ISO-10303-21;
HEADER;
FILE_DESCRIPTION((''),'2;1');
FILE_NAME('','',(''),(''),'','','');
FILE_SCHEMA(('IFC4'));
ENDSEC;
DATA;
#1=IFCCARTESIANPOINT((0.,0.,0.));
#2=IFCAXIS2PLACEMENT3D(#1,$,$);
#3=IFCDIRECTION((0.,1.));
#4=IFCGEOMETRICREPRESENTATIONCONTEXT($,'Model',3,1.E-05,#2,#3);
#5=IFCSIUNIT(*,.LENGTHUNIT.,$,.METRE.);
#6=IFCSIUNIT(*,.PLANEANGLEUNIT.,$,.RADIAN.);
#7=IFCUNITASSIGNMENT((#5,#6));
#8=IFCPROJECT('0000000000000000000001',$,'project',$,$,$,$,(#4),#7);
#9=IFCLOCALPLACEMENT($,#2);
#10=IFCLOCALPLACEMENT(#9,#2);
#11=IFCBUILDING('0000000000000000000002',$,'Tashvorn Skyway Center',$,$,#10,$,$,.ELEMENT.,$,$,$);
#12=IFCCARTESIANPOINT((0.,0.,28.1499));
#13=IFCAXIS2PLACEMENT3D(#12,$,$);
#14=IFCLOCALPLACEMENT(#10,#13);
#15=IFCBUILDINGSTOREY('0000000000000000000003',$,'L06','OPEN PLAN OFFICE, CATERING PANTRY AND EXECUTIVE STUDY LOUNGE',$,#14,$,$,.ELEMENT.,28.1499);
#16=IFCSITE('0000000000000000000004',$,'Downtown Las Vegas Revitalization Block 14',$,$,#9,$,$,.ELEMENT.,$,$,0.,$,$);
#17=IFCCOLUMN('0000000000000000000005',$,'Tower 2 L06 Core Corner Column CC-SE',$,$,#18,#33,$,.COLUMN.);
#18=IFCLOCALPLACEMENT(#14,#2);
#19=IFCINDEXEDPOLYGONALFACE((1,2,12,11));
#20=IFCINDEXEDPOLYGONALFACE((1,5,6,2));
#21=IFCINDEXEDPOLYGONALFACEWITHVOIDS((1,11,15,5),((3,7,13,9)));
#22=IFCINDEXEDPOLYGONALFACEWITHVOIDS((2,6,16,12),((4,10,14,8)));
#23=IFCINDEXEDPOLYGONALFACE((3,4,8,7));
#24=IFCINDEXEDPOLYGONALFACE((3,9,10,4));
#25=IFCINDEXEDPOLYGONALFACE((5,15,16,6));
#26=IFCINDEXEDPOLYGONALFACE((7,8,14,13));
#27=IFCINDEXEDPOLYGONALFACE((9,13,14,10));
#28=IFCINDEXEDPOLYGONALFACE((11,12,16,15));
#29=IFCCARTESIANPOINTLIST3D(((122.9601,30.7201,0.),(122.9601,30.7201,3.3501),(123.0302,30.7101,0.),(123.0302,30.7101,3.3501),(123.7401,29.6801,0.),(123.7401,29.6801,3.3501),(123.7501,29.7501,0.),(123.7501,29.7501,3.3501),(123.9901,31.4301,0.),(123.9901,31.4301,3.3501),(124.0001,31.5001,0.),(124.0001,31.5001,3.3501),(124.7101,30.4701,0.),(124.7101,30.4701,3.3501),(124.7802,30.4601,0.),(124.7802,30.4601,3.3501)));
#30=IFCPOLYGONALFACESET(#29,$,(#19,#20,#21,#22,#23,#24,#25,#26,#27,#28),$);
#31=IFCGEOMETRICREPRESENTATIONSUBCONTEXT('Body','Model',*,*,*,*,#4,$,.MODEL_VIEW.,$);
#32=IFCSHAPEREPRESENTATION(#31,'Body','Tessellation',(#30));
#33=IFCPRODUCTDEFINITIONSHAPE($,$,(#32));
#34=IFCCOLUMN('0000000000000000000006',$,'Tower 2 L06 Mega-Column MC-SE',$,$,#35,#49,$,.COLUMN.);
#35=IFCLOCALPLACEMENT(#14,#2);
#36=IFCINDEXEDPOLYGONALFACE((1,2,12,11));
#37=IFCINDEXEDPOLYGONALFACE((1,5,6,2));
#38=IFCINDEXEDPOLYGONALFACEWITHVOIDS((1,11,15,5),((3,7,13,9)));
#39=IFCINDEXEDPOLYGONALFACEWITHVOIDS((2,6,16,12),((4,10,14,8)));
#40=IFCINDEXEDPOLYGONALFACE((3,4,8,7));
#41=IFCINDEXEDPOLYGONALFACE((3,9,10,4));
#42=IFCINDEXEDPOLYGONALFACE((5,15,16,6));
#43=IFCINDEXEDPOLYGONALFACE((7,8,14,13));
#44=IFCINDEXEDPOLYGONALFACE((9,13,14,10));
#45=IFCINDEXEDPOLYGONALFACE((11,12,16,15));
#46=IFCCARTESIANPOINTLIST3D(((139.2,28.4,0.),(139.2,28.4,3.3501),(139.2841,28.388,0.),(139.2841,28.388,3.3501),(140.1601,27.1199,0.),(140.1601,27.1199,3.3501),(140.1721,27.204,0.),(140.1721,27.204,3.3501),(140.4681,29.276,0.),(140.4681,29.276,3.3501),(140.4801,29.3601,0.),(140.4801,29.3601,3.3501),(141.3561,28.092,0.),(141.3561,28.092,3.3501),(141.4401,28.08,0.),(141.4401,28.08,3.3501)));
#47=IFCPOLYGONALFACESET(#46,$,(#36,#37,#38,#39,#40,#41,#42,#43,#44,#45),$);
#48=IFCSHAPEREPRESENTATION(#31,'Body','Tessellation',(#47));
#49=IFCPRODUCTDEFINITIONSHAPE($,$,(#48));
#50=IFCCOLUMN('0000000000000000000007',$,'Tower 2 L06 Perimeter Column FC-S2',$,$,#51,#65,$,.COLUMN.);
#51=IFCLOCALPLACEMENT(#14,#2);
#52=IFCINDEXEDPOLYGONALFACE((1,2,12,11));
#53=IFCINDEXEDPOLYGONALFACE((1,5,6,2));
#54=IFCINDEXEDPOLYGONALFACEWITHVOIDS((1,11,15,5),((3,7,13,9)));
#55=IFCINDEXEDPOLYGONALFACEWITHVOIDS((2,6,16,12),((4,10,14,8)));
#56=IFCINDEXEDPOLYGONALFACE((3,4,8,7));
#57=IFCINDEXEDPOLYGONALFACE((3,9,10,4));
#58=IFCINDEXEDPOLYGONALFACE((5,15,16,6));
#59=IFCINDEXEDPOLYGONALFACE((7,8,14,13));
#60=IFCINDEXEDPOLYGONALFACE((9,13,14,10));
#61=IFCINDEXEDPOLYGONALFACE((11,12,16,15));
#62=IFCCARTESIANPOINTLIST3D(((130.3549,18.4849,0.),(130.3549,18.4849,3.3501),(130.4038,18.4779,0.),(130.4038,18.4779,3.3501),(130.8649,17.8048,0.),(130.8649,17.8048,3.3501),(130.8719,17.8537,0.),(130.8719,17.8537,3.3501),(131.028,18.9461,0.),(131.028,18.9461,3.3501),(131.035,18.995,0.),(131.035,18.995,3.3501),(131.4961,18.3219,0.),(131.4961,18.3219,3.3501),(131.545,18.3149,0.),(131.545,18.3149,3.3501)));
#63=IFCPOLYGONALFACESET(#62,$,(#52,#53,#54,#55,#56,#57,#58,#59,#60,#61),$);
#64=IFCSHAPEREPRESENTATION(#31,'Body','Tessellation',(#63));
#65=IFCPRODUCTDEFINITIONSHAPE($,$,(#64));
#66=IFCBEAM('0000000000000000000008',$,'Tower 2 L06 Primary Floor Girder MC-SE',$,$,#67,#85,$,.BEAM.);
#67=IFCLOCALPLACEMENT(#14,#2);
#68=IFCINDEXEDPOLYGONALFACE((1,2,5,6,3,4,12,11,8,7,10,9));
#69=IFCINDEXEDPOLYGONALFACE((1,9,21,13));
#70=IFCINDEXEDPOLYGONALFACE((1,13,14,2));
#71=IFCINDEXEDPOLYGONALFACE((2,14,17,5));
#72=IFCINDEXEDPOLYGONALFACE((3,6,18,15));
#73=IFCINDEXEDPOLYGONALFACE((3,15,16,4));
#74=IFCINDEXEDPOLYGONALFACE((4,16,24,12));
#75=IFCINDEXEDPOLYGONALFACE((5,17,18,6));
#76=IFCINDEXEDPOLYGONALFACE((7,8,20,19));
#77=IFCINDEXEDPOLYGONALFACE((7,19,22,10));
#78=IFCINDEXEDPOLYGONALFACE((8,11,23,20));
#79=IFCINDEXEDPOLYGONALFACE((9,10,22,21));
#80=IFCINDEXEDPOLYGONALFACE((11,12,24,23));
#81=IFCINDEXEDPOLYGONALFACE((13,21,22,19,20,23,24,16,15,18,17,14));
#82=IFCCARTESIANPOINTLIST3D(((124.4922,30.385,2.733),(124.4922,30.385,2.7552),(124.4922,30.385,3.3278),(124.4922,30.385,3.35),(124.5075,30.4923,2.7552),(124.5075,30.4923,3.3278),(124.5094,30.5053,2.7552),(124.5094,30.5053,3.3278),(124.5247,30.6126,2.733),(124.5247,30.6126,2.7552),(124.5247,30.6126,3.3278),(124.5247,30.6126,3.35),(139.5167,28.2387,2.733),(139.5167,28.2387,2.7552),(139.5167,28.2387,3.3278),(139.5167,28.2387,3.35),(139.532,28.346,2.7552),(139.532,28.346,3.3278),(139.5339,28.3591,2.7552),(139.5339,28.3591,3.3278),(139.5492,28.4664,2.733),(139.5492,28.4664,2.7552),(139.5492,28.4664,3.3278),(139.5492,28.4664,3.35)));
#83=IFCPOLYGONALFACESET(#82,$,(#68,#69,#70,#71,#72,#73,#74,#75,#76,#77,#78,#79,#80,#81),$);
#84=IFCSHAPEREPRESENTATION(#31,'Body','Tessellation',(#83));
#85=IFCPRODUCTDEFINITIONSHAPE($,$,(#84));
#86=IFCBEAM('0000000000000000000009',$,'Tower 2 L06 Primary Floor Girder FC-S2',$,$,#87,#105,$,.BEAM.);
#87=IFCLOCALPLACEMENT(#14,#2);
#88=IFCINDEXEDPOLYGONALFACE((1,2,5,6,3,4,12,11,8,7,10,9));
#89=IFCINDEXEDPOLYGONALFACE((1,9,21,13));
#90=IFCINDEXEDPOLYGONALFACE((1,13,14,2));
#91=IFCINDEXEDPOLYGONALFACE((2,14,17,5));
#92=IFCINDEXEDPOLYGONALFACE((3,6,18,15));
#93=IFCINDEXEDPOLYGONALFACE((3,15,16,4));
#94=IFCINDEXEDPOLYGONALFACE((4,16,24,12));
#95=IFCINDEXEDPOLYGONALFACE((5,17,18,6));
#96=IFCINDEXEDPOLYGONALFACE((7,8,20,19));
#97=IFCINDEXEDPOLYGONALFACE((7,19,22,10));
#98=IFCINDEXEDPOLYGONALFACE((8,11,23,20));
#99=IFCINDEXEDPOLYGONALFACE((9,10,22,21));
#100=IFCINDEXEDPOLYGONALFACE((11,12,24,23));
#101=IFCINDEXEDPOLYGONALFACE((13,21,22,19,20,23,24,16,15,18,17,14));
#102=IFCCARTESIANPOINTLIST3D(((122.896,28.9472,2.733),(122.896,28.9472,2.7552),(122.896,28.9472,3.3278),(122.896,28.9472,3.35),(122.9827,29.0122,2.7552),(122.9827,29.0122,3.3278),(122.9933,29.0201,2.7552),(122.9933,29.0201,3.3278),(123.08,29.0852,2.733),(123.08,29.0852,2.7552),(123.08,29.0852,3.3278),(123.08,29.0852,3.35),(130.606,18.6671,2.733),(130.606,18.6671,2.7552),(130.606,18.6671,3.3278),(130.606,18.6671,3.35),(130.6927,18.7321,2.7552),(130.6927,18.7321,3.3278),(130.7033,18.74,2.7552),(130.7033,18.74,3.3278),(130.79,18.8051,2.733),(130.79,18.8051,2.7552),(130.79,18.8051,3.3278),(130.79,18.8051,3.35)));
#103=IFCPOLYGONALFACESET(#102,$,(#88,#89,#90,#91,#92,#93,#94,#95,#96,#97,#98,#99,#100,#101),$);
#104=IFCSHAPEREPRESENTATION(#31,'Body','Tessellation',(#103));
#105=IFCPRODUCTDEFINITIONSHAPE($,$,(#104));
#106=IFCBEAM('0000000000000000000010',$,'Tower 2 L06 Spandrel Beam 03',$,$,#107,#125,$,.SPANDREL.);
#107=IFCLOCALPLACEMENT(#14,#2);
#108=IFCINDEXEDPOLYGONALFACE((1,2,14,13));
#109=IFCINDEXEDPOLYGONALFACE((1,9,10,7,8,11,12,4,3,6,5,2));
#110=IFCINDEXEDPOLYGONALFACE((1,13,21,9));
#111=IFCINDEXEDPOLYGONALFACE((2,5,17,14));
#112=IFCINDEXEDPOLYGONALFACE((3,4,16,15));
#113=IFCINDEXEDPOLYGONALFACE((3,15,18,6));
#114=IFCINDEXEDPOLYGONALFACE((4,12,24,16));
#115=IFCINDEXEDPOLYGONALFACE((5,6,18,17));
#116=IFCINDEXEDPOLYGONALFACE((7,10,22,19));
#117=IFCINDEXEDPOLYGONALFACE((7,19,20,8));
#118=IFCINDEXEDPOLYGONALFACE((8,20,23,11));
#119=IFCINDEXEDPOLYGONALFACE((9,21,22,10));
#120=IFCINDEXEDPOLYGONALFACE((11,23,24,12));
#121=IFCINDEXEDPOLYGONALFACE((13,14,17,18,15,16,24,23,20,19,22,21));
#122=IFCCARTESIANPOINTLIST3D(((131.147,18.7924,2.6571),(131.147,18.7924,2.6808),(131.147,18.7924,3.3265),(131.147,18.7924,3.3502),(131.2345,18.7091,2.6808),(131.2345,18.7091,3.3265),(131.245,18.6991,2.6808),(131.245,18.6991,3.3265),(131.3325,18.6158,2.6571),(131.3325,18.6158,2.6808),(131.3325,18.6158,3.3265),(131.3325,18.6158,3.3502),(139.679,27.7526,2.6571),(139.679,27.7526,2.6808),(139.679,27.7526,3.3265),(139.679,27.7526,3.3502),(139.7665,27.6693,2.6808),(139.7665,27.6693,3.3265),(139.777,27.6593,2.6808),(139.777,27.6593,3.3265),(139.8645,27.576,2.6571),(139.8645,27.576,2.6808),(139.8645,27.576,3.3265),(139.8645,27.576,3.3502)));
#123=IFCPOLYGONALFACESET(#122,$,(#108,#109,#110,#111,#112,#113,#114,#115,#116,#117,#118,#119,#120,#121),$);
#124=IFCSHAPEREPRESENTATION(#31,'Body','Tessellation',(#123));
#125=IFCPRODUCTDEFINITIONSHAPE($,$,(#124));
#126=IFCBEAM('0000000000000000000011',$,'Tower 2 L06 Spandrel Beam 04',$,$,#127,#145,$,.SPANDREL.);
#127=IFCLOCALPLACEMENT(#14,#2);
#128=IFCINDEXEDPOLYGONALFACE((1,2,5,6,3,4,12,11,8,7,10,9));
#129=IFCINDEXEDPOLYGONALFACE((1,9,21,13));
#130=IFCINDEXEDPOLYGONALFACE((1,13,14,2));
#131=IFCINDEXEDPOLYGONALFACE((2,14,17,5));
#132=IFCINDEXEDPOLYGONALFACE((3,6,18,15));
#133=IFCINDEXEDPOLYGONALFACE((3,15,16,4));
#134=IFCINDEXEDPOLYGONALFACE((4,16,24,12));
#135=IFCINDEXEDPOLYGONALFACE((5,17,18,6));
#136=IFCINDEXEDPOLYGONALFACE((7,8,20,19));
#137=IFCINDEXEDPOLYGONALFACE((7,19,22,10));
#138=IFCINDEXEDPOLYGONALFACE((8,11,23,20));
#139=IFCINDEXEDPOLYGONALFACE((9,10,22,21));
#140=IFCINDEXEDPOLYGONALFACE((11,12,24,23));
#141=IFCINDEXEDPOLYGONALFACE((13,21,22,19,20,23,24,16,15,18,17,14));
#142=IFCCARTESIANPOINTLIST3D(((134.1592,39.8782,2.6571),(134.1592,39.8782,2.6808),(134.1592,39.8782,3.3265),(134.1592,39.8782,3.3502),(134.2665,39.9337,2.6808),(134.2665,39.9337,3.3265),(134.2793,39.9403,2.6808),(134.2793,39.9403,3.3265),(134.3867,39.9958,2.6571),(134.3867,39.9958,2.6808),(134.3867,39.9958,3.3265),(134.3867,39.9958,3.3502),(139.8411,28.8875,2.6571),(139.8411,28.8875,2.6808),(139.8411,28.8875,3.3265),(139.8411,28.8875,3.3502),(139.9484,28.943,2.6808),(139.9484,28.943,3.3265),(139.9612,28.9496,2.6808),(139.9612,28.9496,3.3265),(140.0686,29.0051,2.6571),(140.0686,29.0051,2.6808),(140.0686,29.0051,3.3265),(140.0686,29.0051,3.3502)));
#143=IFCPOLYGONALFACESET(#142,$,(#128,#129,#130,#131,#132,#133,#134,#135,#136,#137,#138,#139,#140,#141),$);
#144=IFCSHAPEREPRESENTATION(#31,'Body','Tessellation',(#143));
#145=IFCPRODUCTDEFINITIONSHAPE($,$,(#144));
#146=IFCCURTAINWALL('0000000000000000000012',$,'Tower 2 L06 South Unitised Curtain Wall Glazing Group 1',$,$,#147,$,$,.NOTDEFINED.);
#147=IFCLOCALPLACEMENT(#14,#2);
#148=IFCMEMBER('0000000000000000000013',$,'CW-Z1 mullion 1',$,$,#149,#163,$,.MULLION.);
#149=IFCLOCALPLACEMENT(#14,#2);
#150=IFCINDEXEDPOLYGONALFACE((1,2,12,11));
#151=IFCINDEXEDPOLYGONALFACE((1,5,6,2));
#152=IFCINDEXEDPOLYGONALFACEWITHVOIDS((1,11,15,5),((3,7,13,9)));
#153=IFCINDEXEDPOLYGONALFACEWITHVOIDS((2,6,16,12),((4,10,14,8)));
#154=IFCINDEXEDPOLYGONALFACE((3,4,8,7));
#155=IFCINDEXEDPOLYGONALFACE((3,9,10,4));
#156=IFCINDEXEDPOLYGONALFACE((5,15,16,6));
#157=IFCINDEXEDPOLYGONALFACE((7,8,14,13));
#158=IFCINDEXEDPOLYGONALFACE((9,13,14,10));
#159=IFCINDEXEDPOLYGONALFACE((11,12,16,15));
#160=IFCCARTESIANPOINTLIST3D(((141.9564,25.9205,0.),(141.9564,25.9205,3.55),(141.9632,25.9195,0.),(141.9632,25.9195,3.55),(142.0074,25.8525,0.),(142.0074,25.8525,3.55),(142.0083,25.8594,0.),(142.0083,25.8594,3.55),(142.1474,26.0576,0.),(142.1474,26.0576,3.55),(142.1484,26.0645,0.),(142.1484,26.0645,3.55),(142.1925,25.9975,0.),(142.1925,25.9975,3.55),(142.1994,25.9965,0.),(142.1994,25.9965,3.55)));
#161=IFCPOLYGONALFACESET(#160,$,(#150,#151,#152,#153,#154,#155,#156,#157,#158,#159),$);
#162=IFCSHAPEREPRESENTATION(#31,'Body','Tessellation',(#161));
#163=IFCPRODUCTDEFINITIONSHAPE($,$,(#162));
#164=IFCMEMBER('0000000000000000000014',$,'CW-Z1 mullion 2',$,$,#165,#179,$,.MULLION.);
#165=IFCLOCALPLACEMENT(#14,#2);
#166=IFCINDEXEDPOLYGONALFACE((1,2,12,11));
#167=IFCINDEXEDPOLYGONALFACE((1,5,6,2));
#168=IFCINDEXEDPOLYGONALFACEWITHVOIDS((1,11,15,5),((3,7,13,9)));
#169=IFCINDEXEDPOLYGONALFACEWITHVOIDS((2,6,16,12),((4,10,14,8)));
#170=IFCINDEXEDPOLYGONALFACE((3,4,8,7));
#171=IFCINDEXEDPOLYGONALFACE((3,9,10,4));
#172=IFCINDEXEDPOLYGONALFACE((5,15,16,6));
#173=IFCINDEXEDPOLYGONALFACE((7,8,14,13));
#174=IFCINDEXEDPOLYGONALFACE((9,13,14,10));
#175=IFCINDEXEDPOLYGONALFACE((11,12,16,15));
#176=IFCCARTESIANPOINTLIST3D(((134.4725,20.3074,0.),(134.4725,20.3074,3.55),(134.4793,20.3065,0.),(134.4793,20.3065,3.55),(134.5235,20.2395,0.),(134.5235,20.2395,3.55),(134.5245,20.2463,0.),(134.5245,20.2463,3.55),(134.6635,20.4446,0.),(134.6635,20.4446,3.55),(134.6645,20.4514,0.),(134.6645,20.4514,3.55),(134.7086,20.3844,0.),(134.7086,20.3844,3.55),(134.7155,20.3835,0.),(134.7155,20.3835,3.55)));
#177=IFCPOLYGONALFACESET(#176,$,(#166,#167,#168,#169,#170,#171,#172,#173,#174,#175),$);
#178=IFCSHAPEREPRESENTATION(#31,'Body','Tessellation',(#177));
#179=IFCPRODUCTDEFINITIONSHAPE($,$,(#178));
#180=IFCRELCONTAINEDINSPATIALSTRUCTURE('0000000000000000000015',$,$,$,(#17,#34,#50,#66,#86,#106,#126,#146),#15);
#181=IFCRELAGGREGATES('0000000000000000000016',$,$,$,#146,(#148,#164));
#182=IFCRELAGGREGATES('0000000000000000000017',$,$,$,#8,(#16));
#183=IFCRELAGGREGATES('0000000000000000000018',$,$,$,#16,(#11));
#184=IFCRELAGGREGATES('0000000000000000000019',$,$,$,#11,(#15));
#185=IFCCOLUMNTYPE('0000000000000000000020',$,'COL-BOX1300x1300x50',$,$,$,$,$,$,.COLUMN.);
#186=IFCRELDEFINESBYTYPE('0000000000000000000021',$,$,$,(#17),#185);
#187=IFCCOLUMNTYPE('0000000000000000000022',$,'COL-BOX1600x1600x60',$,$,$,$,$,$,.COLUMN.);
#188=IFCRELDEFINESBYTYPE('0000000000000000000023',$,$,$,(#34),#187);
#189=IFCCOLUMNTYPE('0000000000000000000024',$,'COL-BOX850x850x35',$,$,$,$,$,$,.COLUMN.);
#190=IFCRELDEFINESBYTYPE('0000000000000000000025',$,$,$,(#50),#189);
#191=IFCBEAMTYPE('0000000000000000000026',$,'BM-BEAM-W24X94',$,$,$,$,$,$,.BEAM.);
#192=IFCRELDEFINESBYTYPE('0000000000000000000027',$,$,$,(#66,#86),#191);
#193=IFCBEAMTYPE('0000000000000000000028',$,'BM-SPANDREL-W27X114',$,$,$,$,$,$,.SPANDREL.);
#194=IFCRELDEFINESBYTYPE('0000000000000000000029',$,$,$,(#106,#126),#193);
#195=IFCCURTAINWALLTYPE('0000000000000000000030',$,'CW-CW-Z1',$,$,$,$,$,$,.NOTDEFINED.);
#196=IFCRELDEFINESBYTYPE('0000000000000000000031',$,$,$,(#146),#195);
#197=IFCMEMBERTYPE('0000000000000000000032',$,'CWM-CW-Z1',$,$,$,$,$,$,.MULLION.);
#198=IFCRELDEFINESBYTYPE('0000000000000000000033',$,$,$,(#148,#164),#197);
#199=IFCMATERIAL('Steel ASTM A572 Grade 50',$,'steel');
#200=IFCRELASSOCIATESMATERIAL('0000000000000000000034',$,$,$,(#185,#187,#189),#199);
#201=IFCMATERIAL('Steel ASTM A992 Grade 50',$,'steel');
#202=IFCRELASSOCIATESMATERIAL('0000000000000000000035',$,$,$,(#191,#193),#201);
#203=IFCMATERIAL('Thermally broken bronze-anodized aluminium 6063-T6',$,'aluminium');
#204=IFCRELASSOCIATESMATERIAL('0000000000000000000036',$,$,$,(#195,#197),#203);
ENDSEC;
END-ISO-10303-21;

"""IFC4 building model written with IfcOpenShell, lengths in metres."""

from ifc_helpers import new_model, si_unit, direction, frame, origin, origin_2d, place, context, subcontext, project, spatial, hollow_rectangle, i_section, extrude, material, material_profile, profile_set, type_object, element, aggregate, save


model = new_model("IFC4")

# Units and contexts
model_context = context("Model", 3, precision=1e-05, world=origin(), true_north=direction((0.0, 1.0)))
body_context = subcontext(model_context, "Body", "Model", "MODEL_VIEW")
ifc_project = project(units=[si_unit("LENGTHUNIT", "METRE"), si_unit("PLANEANGLEUNIT", "RADIAN")], contexts=[model_context])

# Site, building, storey
site_placement = place(None, origin())
site = spatial("IfcSite", under=ifc_project, at=site_placement, Name="Downtown Las Vegas Revitalization Block 14", CompositionType="ELEMENT", RefElevation=0.0)
building_placement = place(site_placement, origin())
building = spatial("IfcBuilding", under=site, at=building_placement, Name="Tashvorn Skyway Center", CompositionType="ELEMENT")
storey_placement = place(building_placement, frame((0.0, 0.0, 28.1499)))
storey = spatial("IfcBuildingStorey", under=building, at=storey_placement, Name="L06", Description="OPEN PLAN OFFICE, CATERING PANTRY AND EXECUTIVE STUDY LOUNGE", CompositionType="ELEMENT", Elevation=28.1499)

# Columns
ifc_material_1 = material(Name="Steel ASTM A572 Grade 50", Category="steel")
ifc_material_profile_1 = material_profile(ifc_material_1, hollow_rectangle(XDim=1.3, YDim=1.3, WallThickness=0.05, at=origin_2d()), Name="BOX1300x1300x50")
ifc_profile_set_1 = profile_set([ifc_material_profile_1], Name="Steel ASTM A572 Grade 50")
column_type_1 = type_object("IfcColumnType", Name="COL-BOX1300x1300x50", PredefinedType="COLUMN", material=ifc_profile_set_1)
column_1_placement = place(storey_placement, frame((123.8701, 30.5901, 0.0), z_axis=(0.0, 0.0, 1.0), x_axis=(0.8, 0.6, 0.0)))
element("IfcColumn", 1, at=column_1_placement, inside=storey, type_object=column_type_1, Name="Tower 2 L06 Core Corner Column CC-SE", PredefinedType="COLUMN", context=body_context, shape_type="SweptSolid", body=[
    extrude(hollow_rectangle(XDim=1.3, YDim=1.3, WallThickness=0.05, at=origin_2d()), origin(), (0.0, 0.0, 1.0), 3.3501),
])
ifc_material_profile_2 = material_profile(ifc_material_1, hollow_rectangle(XDim=1.6001, YDim=1.6001, WallThickness=0.0601, at=origin_2d()), Name="BOX1600x1600x60")
ifc_profile_set_2 = profile_set([ifc_material_profile_2], Name="Steel ASTM A572 Grade 50")
column_type_2 = type_object("IfcColumnType", Name="COL-BOX1600x1600x60", PredefinedType="COLUMN", material=ifc_profile_set_2)
column_2_placement = place(storey_placement, frame((140.3201, 28.24, 0.0), z_axis=(0.0, 0.0, 1.0), x_axis=(0.8, 0.6, 0.0)))
element("IfcColumn", 2, at=column_2_placement, inside=storey, type_object=column_type_2, Name="Tower 2 L06 Mega-Column MC-SE", PredefinedType="COLUMN", context=body_context, shape_type="SweptSolid", body=[
    extrude(hollow_rectangle(XDim=1.6001, YDim=1.6001, WallThickness=0.0601, at=origin_2d()), origin(), (0.0, 0.0, 1.0), 3.3501),
])
ifc_material_profile_3 = material_profile(ifc_material_1, hollow_rectangle(XDim=0.8501, YDim=0.8501, WallThickness=0.0349, at=origin_2d()), Name="BOX850x850x35")
ifc_profile_set_3 = profile_set([ifc_material_profile_3], Name="Steel ASTM A572 Grade 50")
column_type_3 = type_object("IfcColumnType", Name="COL-BOX850x850x35", PredefinedType="COLUMN", material=ifc_profile_set_3)
column_3_placement = place(storey_placement, frame((130.95, 18.3999, 0.0), z_axis=(0.0, 0.0, 1.0), x_axis=(0.8, 0.6, 0.0)))
element("IfcColumn", 3, at=column_3_placement, inside=storey, type_object=column_type_3, Name="Tower 2 L06 Perimeter Column FC-S2", PredefinedType="COLUMN", context=body_context, shape_type="SweptSolid", body=[
    extrude(hollow_rectangle(XDim=0.8501, YDim=0.8501, WallThickness=0.0349, at=origin_2d()), origin(), (0.0, 0.0, 1.0), 3.3501),
])

# Beams
ifc_material_2 = material(Name="Steel ASTM A992 Grade 50", Category="steel")
ifc_material_profile_4 = material_profile(ifc_material_2, i_section(OverallWidth=0.23, OverallDepth=0.6169, WebThickness=0.0132, FlangeThickness=0.0222, at=origin_2d()), Name="W24X94")
ifc_profile_set_4 = profile_set([ifc_material_profile_4], Name="Steel ASTM A992 Grade 50")
beam_type_1 = type_object("IfcBeamType", Name="BM-BEAM-W24X94", PredefinedType="BEAM", material=ifc_profile_set_4)
beam_1_placement = place(storey_placement, frame((139.533, 28.3525, 3.0415), z_axis=(-0.98995, 0.141415, 0.0), x_axis=(-0.141415, -0.98995, 0.0)))
element("IfcBeam", 4, at=beam_1_placement, inside=storey, type_object=beam_type_1, Name="Tower 2 L06 Primary Floor Girder MC-SE", PredefinedType="BEAM", context=body_context, shape_type="SweptSolid", body=[
    extrude(i_section(OverallWidth=0.23, OverallDepth=0.6169, WebThickness=0.0132, FlangeThickness=0.0222, at=origin_2d()), origin(), (0.0, 0.0, 1.0), 15.177),
])
beam_2_placement = place(storey_placement, frame((130.698, 18.7361, 3.0415), z_axis=(-0.599997, 0.800002, 0.0), x_axis=(-0.800002, -0.599997, 0.0)))
element("IfcBeam", 5, at=beam_2_placement, inside=storey, type_object=beam_type_1, Name="Tower 2 L06 Primary Floor Girder FC-S2", PredefinedType="BEAM", context=body_context, shape_type="SweptSolid", body=[
    extrude(i_section(OverallWidth=0.23, OverallDepth=0.6169, WebThickness=0.0132, FlangeThickness=0.0222, at=origin_2d()), origin(), (0.0, 0.0, 1.0), 12.8501),
])
ifc_material_profile_5 = material_profile(ifc_material_2, i_section(OverallWidth=0.2561, OverallDepth=0.6931, WebThickness=0.0144, FlangeThickness=0.0237, at=origin_2d()), Name="W27X114")
ifc_profile_set_5 = profile_set([ifc_material_profile_5], Name="Steel ASTM A992 Grade 50")
beam_type_2 = type_object("IfcBeamType", Name="BM-SPANDREL-W27X114", PredefinedType="SPANDREL", material=ifc_profile_set_5)
for number, where, z_axis, x_axis, name in (
    (6, (131.2397, 18.7041, 3.0037), (0.68959, 0.7242, 0.0), (-0.7242, 0.68959, 0.0), "Tower 2 L06 Spandrel Beam 03"),
    (7, (139.9548, 28.9463, 3.0037), (-0.459233, 0.888316, 0.0), (-0.888316, -0.459233, 0.0), "Tower 2 L06 Spandrel Beam 04"),
):
    element("IfcBeam", number, at=place(storey_placement, frame(where, z_axis=z_axis, x_axis=x_axis)), inside=storey, type_object=beam_type_2, Name=name, PredefinedType="SPANDREL", context=body_context, shape_type="SweptSolid", body=[
        extrude(i_section(OverallWidth=0.2561, OverallDepth=0.6931, WebThickness=0.0144, FlangeThickness=0.0237, at=origin_2d()), origin(), (0.0, 0.0, 1.0), 12.3726),
    ])

# Curtain wall, members
ifc_material_3 = material(Name="Thermally broken bronze-anodized aluminium 6063-T6", Category="aluminium")
curtain_wall_type = type_object("IfcCurtainWallType", Name="CW-CW-Z1", PredefinedType="NOTDEFINED", material=ifc_material_3)
curtain_wall_1_placement = place(storey_placement, origin())
curtain_wall_1 = element("IfcCurtainWall", 8, at=curtain_wall_1_placement, inside=storey, type_object=curtain_wall_type, Name="Tower 2 L06 South Unitised Curtain Wall Glazing Group 1", PredefinedType="NOTDEFINED")
ifc_material_profile_6 = material_profile(ifc_material_3, hollow_rectangle(XDim=0.085, YDim=0.24, WallThickness=0.0049, at=origin_2d()), Name="ALU-MULL-85x240")
ifc_profile_set_6 = profile_set([ifc_material_profile_6], Name="Thermally broken bronze-anodized aluminium 6063-T6")
member_type_1 = type_object("IfcMemberType", Name="CWM-CW-Z1", PredefinedType="MULLION", material=ifc_profile_set_6)
member_1_placement = place(storey_placement, frame((142.0779, 25.9585, 0.0), z_axis=(0.0, 0.0, 1.0), x_axis=(0.6, -0.8, 0.0)))
member_1 = element("IfcMember", 9, at=member_1_placement, type_object=member_type_1, Name="CW-Z1 mullion 1", PredefinedType="MULLION", context=body_context, shape_type="SweptSolid", body=[
    extrude(hollow_rectangle(XDim=0.085, YDim=0.24, WallThickness=0.0049, at=origin_2d()), origin(), (0.0, 0.0, 1.0), 3.55),
])
member_2_placement = place(storey_placement, frame((134.594, 20.3455, 0.0), z_axis=(0.0, 0.0, 1.0), x_axis=(0.6, -0.8, 0.0)))
member_2 = element("IfcMember", 10, at=member_2_placement, type_object=member_type_1, Name="CW-Z1 mullion 2", PredefinedType="MULLION", context=body_context, shape_type="SweptSolid", body=[
    extrude(hollow_rectangle(XDim=0.085, YDim=0.24, WallThickness=0.0049, at=origin_2d()), origin(), (0.0, 0.0, 1.0), 3.55),
])

aggregate(curtain_wall_1, [member_1, member_2])

save(model, "model.ifc")
